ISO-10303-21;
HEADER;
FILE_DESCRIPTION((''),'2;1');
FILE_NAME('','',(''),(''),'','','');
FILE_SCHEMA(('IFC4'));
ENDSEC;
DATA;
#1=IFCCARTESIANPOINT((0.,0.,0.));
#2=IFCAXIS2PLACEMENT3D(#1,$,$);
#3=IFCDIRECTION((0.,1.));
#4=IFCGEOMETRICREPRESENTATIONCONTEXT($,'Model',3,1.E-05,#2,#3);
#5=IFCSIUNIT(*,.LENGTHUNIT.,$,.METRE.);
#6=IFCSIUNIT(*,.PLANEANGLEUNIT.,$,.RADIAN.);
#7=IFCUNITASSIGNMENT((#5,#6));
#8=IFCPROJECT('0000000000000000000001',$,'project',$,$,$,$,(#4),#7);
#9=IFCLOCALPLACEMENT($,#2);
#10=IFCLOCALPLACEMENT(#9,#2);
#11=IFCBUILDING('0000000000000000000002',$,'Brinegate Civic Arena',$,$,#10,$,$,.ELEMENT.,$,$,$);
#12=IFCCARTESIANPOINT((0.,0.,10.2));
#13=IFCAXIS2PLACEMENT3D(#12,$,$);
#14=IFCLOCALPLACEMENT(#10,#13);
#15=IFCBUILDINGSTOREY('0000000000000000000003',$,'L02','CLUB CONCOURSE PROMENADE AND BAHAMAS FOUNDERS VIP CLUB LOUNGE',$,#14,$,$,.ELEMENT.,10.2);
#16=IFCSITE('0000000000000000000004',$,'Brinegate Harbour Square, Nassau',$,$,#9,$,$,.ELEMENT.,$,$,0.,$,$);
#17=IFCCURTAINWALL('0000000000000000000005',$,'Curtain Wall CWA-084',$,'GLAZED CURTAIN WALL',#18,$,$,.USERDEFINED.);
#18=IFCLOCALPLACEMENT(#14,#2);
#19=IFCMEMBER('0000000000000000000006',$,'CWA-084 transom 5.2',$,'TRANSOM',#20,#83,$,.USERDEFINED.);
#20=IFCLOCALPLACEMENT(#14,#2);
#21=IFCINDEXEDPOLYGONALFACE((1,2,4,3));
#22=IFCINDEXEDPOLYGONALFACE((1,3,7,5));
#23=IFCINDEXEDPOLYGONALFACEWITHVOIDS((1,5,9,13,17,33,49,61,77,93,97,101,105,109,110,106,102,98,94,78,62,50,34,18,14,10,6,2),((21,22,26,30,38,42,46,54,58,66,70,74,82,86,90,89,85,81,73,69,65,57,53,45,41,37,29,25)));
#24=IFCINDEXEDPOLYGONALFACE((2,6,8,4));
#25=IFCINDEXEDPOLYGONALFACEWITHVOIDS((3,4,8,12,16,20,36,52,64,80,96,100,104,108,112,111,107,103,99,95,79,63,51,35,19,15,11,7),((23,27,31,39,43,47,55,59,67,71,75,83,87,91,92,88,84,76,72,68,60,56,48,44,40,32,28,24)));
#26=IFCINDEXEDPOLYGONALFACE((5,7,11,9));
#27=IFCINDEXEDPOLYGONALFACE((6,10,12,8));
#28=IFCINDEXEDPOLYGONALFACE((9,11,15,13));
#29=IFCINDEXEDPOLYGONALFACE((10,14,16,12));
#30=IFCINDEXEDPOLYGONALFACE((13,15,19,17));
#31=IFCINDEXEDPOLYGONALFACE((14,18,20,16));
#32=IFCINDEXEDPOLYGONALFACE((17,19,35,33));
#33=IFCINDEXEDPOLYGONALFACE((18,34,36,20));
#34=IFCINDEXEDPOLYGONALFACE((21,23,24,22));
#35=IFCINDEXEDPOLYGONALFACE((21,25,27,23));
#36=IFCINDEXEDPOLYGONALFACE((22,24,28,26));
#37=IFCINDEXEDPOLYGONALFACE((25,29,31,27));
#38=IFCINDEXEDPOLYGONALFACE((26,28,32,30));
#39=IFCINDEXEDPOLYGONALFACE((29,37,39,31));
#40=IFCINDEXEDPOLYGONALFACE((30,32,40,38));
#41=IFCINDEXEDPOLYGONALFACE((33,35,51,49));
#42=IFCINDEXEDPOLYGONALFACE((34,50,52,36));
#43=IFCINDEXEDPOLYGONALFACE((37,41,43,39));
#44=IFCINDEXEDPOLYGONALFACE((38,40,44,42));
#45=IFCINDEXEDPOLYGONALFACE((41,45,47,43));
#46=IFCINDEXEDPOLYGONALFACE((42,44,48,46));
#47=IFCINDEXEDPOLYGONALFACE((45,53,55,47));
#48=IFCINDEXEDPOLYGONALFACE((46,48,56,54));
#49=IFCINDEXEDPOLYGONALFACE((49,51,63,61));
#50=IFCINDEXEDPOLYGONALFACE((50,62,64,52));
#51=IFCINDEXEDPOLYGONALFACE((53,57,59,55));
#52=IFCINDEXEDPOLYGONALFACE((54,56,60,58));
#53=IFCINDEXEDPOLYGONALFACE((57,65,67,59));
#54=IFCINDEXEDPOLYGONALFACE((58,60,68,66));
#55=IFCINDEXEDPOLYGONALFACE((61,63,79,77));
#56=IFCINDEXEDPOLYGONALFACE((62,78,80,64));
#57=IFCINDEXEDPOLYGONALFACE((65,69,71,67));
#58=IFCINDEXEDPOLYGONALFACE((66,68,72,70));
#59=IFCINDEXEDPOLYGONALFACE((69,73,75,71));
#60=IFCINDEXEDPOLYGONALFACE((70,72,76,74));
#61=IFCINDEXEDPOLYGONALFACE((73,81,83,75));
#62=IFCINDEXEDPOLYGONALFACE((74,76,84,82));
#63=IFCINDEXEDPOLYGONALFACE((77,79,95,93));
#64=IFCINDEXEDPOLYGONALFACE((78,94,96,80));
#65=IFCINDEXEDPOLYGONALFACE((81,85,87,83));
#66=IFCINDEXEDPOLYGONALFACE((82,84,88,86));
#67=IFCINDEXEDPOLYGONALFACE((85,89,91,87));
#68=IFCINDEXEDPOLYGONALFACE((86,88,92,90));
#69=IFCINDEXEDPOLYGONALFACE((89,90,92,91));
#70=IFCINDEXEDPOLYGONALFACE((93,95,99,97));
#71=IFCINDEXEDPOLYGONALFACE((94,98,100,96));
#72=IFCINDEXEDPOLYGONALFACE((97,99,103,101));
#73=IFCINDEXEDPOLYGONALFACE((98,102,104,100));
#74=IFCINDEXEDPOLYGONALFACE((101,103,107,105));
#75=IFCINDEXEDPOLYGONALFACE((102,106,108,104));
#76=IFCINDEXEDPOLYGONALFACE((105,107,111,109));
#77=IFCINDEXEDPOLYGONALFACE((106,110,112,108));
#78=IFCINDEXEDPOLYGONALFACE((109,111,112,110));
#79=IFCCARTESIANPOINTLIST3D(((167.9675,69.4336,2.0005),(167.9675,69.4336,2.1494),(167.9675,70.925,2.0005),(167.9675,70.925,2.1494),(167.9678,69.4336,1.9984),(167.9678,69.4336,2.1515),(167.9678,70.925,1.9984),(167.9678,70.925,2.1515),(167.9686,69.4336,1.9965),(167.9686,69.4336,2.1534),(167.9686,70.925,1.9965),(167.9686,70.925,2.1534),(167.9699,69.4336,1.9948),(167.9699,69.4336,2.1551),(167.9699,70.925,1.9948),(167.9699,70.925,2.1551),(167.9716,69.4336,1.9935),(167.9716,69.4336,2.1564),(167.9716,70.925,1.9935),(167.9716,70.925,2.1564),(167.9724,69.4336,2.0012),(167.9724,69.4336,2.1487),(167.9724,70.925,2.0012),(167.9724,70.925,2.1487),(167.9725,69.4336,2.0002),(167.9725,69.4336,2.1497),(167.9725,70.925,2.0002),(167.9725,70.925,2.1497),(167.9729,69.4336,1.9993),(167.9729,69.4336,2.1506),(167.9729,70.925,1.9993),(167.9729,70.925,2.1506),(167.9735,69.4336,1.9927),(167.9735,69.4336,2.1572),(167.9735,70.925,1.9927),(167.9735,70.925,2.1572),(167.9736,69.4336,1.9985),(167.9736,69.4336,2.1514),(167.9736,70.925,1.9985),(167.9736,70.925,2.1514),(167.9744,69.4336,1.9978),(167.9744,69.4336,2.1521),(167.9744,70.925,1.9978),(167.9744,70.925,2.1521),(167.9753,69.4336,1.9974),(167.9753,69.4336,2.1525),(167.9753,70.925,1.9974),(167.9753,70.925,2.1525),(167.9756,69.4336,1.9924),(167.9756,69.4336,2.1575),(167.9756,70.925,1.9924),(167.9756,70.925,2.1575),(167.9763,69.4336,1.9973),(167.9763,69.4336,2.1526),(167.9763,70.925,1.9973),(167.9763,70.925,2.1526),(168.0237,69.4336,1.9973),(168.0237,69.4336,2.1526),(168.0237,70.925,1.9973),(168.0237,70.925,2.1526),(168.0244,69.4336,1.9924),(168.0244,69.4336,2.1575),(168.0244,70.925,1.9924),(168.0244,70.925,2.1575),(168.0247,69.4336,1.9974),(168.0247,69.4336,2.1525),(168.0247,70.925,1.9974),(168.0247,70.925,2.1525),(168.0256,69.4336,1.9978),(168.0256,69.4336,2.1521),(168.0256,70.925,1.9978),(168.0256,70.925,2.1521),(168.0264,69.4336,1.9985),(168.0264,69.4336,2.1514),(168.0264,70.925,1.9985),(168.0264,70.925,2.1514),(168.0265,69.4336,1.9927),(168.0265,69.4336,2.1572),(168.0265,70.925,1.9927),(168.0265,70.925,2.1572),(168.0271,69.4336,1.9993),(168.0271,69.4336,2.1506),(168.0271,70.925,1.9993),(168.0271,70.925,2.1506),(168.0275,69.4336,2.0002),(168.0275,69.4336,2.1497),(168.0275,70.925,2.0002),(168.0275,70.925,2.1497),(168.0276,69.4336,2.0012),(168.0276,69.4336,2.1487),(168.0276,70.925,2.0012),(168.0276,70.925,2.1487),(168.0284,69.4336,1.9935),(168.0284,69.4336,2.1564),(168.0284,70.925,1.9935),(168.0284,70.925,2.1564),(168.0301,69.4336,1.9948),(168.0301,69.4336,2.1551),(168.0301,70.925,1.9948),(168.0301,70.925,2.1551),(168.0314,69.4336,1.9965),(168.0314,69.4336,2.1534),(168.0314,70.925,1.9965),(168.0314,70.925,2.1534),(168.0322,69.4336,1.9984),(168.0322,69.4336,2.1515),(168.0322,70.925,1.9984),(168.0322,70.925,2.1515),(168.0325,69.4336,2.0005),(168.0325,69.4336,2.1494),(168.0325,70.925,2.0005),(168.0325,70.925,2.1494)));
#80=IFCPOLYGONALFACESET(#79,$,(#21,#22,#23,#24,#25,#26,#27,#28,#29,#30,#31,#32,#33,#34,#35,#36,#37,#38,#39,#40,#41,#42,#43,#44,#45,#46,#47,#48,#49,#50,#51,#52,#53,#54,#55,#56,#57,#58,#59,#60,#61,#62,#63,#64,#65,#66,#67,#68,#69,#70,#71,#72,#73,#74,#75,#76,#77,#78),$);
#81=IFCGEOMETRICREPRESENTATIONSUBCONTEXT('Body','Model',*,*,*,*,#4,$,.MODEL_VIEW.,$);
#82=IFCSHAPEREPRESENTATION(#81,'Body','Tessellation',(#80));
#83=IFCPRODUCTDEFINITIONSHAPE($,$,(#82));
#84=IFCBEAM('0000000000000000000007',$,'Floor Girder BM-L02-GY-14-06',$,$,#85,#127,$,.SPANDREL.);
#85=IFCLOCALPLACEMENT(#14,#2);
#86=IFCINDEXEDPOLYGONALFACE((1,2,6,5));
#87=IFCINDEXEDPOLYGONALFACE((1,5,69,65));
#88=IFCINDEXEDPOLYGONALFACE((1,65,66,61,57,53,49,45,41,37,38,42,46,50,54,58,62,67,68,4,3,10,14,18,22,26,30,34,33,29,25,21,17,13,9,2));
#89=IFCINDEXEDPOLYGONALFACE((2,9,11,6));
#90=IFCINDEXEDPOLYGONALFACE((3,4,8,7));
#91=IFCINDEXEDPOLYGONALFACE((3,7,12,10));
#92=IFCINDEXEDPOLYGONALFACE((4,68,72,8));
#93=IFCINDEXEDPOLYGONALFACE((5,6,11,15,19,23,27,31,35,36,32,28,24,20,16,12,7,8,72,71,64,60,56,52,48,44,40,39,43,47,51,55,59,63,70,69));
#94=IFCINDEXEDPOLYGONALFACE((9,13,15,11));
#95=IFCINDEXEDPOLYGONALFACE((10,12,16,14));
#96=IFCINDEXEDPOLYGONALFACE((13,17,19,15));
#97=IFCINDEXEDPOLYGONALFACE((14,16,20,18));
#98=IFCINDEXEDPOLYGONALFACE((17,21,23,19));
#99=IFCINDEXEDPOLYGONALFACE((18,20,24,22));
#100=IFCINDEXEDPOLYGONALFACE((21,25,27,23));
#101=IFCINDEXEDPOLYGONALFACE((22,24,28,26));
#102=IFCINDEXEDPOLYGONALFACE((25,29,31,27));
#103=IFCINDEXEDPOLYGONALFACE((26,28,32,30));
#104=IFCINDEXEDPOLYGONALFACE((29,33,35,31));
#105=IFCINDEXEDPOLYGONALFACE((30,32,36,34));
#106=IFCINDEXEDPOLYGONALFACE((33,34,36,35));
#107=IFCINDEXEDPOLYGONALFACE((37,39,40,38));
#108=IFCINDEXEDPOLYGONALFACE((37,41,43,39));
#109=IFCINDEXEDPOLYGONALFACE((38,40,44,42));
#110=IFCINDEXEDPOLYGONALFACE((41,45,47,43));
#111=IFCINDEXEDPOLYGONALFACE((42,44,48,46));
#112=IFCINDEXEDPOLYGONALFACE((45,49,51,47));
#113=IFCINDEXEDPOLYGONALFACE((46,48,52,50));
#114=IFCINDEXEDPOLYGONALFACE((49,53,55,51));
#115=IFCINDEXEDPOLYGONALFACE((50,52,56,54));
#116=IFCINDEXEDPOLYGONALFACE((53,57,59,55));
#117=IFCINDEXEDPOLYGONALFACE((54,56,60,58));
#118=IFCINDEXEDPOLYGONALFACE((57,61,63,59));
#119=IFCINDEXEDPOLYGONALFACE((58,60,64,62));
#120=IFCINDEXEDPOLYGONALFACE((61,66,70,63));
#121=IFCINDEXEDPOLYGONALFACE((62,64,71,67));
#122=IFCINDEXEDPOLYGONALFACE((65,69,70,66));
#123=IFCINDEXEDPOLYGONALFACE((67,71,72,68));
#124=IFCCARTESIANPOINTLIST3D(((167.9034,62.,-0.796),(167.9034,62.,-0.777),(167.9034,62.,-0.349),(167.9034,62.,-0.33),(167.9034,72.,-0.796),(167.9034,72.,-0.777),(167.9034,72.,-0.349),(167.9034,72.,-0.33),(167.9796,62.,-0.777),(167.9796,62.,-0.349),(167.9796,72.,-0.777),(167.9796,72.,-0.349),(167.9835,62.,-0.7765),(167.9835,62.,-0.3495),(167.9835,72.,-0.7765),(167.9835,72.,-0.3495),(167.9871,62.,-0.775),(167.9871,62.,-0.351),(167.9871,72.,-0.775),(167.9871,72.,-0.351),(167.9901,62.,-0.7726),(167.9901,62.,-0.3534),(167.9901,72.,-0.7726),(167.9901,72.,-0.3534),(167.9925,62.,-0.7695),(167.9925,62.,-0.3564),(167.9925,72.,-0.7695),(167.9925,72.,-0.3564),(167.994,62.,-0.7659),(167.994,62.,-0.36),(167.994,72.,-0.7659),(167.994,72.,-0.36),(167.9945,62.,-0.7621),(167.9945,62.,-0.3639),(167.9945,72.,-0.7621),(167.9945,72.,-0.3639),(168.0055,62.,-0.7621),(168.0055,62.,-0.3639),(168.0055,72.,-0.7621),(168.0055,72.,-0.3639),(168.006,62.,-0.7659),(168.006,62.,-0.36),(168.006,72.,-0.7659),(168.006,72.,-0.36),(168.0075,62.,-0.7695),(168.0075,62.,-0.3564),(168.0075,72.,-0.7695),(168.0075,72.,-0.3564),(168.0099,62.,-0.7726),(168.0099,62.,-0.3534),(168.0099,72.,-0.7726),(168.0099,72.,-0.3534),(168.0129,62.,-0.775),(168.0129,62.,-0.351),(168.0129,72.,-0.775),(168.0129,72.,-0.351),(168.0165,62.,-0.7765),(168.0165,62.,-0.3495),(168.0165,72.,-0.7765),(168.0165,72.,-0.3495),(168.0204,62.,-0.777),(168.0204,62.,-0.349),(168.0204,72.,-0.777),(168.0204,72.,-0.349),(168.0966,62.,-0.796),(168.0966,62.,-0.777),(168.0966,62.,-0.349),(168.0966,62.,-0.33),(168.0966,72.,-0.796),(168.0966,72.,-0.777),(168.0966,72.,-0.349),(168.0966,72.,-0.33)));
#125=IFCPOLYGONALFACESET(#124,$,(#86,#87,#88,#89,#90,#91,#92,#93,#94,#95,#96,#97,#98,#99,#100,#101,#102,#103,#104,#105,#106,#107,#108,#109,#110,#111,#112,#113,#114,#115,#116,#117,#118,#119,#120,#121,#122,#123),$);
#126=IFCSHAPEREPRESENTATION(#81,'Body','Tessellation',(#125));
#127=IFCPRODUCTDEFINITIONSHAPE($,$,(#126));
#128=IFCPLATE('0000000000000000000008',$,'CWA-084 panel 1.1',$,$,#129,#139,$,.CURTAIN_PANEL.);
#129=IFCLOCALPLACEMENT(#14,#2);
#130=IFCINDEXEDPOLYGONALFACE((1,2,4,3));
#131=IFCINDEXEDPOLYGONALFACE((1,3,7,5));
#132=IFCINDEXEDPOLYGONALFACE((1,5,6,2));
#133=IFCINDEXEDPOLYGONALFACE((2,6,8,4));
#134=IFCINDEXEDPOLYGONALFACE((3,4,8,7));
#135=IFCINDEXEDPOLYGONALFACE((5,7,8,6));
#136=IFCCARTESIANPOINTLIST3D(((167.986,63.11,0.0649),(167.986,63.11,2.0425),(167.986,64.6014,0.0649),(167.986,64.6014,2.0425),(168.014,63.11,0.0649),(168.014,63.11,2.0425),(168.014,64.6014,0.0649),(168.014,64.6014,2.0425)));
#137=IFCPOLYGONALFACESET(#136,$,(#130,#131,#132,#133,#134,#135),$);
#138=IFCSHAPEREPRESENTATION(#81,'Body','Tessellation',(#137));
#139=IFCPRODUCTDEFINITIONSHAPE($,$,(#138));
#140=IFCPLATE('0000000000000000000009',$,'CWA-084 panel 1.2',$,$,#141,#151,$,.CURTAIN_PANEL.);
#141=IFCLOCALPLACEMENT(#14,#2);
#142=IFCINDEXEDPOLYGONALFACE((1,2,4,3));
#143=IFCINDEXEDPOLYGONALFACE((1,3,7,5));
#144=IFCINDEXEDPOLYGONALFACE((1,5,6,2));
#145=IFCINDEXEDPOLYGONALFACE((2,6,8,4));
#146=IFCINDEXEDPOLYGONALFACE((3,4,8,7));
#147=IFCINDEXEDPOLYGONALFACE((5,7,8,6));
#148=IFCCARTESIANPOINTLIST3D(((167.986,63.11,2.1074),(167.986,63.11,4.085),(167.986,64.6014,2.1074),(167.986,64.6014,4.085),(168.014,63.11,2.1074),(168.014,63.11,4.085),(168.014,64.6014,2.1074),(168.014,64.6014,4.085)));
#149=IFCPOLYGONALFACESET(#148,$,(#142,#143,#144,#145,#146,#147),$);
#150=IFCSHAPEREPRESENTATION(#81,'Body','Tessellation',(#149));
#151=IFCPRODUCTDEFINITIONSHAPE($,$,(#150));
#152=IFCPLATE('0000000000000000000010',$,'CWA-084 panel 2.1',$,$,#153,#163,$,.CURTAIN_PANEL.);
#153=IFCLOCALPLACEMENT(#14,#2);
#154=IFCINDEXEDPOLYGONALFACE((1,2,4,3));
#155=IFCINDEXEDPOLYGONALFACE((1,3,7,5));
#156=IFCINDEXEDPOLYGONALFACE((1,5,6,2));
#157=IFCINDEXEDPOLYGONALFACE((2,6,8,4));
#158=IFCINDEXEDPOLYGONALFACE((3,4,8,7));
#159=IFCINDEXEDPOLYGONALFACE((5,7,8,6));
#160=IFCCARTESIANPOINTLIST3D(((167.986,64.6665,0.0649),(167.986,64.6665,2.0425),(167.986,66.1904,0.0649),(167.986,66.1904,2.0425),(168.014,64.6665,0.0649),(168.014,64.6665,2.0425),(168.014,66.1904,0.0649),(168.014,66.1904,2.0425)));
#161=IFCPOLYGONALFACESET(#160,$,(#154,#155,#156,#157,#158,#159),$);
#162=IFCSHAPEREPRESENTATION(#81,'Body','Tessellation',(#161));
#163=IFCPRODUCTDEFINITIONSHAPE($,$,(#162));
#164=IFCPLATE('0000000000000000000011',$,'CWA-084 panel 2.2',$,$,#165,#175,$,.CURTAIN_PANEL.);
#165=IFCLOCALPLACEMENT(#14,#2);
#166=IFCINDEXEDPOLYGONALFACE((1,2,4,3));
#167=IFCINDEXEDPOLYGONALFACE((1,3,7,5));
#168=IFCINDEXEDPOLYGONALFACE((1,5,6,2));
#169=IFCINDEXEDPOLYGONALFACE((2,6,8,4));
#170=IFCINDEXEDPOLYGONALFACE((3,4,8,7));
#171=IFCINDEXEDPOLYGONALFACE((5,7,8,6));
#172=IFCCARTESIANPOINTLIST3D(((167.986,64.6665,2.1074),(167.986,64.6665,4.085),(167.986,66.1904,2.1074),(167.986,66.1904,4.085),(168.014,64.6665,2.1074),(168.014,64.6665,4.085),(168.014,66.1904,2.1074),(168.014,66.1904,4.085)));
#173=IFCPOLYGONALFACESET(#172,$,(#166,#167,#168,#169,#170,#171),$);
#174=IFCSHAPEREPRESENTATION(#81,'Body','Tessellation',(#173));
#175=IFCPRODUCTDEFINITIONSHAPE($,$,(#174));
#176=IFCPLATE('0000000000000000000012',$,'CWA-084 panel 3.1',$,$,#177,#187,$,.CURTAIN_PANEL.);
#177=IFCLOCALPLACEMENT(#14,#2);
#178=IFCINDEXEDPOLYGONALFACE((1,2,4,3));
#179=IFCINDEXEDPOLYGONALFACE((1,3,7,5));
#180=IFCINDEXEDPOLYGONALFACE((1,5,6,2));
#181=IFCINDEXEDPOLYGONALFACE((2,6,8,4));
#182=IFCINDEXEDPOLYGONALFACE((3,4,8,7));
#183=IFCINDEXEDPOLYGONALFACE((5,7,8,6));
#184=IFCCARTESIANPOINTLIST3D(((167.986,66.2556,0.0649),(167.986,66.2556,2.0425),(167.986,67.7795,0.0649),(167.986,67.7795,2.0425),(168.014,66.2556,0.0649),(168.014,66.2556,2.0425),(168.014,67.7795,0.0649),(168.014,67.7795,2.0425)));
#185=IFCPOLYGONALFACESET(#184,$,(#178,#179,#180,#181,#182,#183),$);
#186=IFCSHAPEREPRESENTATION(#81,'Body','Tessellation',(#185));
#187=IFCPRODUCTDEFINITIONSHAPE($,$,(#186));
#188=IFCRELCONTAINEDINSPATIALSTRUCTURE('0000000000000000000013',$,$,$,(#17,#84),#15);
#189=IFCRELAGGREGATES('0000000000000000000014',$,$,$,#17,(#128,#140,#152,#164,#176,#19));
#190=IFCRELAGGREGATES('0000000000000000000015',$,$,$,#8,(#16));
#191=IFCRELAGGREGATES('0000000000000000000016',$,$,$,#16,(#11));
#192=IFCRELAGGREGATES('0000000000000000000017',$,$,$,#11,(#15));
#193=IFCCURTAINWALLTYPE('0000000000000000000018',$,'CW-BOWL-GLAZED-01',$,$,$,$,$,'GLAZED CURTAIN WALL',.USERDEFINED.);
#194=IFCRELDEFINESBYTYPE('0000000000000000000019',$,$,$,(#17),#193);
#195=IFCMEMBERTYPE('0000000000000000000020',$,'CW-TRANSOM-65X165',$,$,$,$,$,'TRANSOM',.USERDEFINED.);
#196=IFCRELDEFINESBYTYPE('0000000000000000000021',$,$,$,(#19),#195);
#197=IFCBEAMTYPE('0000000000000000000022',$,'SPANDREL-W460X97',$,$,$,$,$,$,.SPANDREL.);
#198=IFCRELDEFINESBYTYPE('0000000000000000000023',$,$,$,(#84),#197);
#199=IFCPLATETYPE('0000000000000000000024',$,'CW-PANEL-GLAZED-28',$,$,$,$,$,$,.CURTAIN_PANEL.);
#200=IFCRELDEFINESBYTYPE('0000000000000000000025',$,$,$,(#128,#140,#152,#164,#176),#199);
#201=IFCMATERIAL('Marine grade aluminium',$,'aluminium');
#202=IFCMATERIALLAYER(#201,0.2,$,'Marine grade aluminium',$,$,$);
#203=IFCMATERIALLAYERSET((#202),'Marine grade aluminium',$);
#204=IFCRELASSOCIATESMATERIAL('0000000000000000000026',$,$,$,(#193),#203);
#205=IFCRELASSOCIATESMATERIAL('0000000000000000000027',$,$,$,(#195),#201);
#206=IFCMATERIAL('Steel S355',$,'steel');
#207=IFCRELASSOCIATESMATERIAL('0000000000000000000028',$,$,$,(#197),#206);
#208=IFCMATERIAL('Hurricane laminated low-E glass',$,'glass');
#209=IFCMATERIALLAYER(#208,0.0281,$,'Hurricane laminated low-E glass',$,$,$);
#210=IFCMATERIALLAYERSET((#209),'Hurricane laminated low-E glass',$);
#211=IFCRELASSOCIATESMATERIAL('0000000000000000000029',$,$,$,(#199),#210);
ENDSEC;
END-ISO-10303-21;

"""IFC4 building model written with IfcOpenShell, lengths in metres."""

from ifc_helpers import new_model, si_unit, direction, frame, origin, origin_2d, place, context, subcontext, project, spatial, rectangle, hollow_rectangle, i_section, extrude, material, layer, layer_set, material_profile, profile_set, type_object, element, aggregate, save


model = new_model("IFC4")

# Units and contexts
model_context = context("Model", 3, precision=1e-05, world=origin(), true_north=direction((0.0, 1.0)))
body_context = subcontext(model_context, "Body", "Model", "MODEL_VIEW")
ifc_project = project(units=[si_unit("LENGTHUNIT", "METRE"), si_unit("PLANEANGLEUNIT", "RADIAN")], contexts=[model_context])

# Site, building, storey
site_placement = place(None, origin())
site = spatial("IfcSite", under=ifc_project, at=site_placement, Name="Brinegate Harbour Square, Nassau", CompositionType="ELEMENT", RefElevation=0.0)
building_placement = place(site_placement, origin())
building = spatial("IfcBuilding", under=site, at=building_placement, Name="Brinegate Civic Arena", CompositionType="ELEMENT")
storey_placement = place(building_placement, frame((0.0, 0.0, 10.2)))
storey = spatial("IfcBuildingStorey", under=building, at=storey_placement, Name="L02", Description="CLUB CONCOURSE PROMENADE AND BAHAMAS FOUNDERS VIP CLUB LOUNGE", CompositionType="ELEMENT", Elevation=10.2)

# Curtain wall, member
ifc_material_1 = material(Name="Marine grade aluminium", Category="aluminium")
ifc_layer_1 = layer(ifc_material_1, 0.2, Name="Marine grade aluminium")
ifc_layer_set_1 = layer_set([ifc_layer_1], Name="Marine grade aluminium")
curtain_wall_type = type_object("IfcCurtainWallType", Name="CW-BOWL-GLAZED-01", ElementType="GLAZED CURTAIN WALL", PredefinedType="USERDEFINED", material=ifc_layer_set_1)
curtain_wall_placement = place(storey_placement, origin())
curtain_wall = element("IfcCurtainWall", 1, at=curtain_wall_placement, inside=storey, type_object=curtain_wall_type, Name="Curtain Wall CWA-084", ObjectType="GLAZED CURTAIN WALL", PredefinedType="USERDEFINED")
ifc_material_profile_1 = material_profile(ifc_material_1, hollow_rectangle(XDim=0.0649, YDim=0.165, WallThickness=0.0049, InnerFilletRadius=0.0039, OuterFilletRadius=0.0081, at=origin_2d()), Name="TRN65X165")
ifc_profile_set_1 = profile_set([ifc_material_profile_1], Name="Marine grade aluminium")
member_type_1 = type_object("IfcMemberType", Name="CW-TRANSOM-65X165", ElementType="TRANSOM", PredefinedType="USERDEFINED", material=ifc_profile_set_1)
member_1_placement = place(storey_placement, frame((168.0, 69.4336, 2.075), z_axis=(0.0, 1.0, 0.0), x_axis=(-1.0, 0.0, 0.0)))
member_1 = element("IfcMember", 2, at=member_1_placement, type_object=member_type_1, Name="CWA-084 transom 5.2", ObjectType="TRANSOM", PredefinedType="USERDEFINED", context=body_context, shape_type="SweptSolid", body=[
    extrude(hollow_rectangle(XDim=0.0649, YDim=0.165, WallThickness=0.0049, InnerFilletRadius=0.0039, OuterFilletRadius=0.0081, at=origin_2d()), origin(), (0.0, 0.0, 1.0), 1.4915),
])

# Beam
ifc_material_2 = material(Name="Steel S355", Category="steel")
ifc_material_profile_2 = material_profile(ifc_material_2, i_section(OverallWidth=0.1931, OverallDepth=0.4661, WebThickness=0.011, FlangeThickness=0.019, FilletRadius=0.0149, at=origin_2d()), Name="W460X97")
ifc_profile_set_2 = profile_set([ifc_material_profile_2], Name="Steel S355")
beam_type = type_object("IfcBeamType", Name="SPANDREL-W460X97", PredefinedType="SPANDREL", material=ifc_profile_set_2)
beam_placement = place(storey_placement, frame((168.0, 62.0, -0.563), z_axis=(0.0, 1.0, 0.0), x_axis=(-1.0, 0.0, 0.0)))
element("IfcBeam", 3, at=beam_placement, inside=storey, type_object=beam_type, Name="Floor Girder BM-L02-GY-14-06", PredefinedType="SPANDREL", context=body_context, shape_type="SweptSolid", body=[
    extrude(i_section(OverallWidth=0.1931, OverallDepth=0.4661, WebThickness=0.011, FlangeThickness=0.019, FilletRadius=0.0149, at=origin_2d()), origin(), (0.0, 0.0, 1.0), 10.0),
])

# Plates
ifc_material_3 = material(Name="Hurricane laminated low-E glass", Category="glass")
ifc_layer_2 = layer(ifc_material_3, 0.0281, Name="Hurricane laminated low-E glass")
ifc_layer_set_2 = layer_set([ifc_layer_2], Name="Hurricane laminated low-E glass")
plate_type = type_object("IfcPlateType", Name="CW-PANEL-GLAZED-28", PredefinedType="CURTAIN_PANEL", material=ifc_layer_set_2)
plate_1_placement = place(storey_placement, frame((168.0, 63.8557, 0.0649), z_axis=(0.0, 0.0, 1.0), x_axis=(0.0, 1.0, 0.0)))
plate_1 = element("IfcPlate", 4, at=plate_1_placement, type_object=plate_type, Name="CWA-084 panel 1.1", PredefinedType="CURTAIN_PANEL", context=body_context, shape_type="SweptSolid", body=[
    extrude(rectangle(XDim=1.4915, YDim=0.0281, at=origin_2d()), origin(), (0.0, 0.0, 1.0), 1.9775),
])
plate_2_placement = place(storey_placement, frame((168.0, 63.8557, 2.1074), z_axis=(0.0, 0.0, 1.0), x_axis=(0.0, 1.0, 0.0)))
plate_2 = element("IfcPlate", 5, at=plate_2_placement, type_object=plate_type, Name="CWA-084 panel 1.2", PredefinedType="CURTAIN_PANEL", context=body_context, shape_type="SweptSolid", body=[
    extrude(rectangle(XDim=1.4915, YDim=0.0281, at=origin_2d()), origin(), (0.0, 0.0, 1.0), 1.9775),
])
plate_3_placement = place(storey_placement, frame((168.0, 65.4285, 0.0649), z_axis=(0.0, 0.0, 1.0), x_axis=(0.0, 1.0, 0.0)))
plate_3 = element("IfcPlate", 6, at=plate_3_placement, type_object=plate_type, Name="CWA-084 panel 2.1", PredefinedType="CURTAIN_PANEL", context=body_context, shape_type="SweptSolid", body=[
    extrude(rectangle(XDim=1.5239, YDim=0.0281, at=origin_2d()), origin(), (0.0, 0.0, 1.0), 1.9775),
])
plate_4_placement = place(storey_placement, frame((168.0, 65.4285, 2.1074), z_axis=(0.0, 0.0, 1.0), x_axis=(0.0, 1.0, 0.0)))
plate_4 = element("IfcPlate", 7, at=plate_4_placement, type_object=plate_type, Name="CWA-084 panel 2.2", PredefinedType="CURTAIN_PANEL", context=body_context, shape_type="SweptSolid", body=[
    extrude(rectangle(XDim=1.5239, YDim=0.0281, at=origin_2d()), origin(), (0.0, 0.0, 1.0), 1.9775),
])
plate_5_placement = place(storey_placement, frame((168.0, 67.0176, 0.0649), z_axis=(0.0, 0.0, 1.0), x_axis=(0.0, 1.0, 0.0)))
plate_5 = element("IfcPlate", 8, at=plate_5_placement, type_object=plate_type, Name="CWA-084 panel 3.1", PredefinedType="CURTAIN_PANEL", context=body_context, shape_type="SweptSolid", body=[
    extrude(rectangle(XDim=1.5239, YDim=0.0281, at=origin_2d()), origin(), (0.0, 0.0, 1.0), 1.9775),
])
aggregate(curtain_wall, [plate_1, plate_2, plate_3, plate_4, plate_5, member_1])

save(model, "model.ifc")
